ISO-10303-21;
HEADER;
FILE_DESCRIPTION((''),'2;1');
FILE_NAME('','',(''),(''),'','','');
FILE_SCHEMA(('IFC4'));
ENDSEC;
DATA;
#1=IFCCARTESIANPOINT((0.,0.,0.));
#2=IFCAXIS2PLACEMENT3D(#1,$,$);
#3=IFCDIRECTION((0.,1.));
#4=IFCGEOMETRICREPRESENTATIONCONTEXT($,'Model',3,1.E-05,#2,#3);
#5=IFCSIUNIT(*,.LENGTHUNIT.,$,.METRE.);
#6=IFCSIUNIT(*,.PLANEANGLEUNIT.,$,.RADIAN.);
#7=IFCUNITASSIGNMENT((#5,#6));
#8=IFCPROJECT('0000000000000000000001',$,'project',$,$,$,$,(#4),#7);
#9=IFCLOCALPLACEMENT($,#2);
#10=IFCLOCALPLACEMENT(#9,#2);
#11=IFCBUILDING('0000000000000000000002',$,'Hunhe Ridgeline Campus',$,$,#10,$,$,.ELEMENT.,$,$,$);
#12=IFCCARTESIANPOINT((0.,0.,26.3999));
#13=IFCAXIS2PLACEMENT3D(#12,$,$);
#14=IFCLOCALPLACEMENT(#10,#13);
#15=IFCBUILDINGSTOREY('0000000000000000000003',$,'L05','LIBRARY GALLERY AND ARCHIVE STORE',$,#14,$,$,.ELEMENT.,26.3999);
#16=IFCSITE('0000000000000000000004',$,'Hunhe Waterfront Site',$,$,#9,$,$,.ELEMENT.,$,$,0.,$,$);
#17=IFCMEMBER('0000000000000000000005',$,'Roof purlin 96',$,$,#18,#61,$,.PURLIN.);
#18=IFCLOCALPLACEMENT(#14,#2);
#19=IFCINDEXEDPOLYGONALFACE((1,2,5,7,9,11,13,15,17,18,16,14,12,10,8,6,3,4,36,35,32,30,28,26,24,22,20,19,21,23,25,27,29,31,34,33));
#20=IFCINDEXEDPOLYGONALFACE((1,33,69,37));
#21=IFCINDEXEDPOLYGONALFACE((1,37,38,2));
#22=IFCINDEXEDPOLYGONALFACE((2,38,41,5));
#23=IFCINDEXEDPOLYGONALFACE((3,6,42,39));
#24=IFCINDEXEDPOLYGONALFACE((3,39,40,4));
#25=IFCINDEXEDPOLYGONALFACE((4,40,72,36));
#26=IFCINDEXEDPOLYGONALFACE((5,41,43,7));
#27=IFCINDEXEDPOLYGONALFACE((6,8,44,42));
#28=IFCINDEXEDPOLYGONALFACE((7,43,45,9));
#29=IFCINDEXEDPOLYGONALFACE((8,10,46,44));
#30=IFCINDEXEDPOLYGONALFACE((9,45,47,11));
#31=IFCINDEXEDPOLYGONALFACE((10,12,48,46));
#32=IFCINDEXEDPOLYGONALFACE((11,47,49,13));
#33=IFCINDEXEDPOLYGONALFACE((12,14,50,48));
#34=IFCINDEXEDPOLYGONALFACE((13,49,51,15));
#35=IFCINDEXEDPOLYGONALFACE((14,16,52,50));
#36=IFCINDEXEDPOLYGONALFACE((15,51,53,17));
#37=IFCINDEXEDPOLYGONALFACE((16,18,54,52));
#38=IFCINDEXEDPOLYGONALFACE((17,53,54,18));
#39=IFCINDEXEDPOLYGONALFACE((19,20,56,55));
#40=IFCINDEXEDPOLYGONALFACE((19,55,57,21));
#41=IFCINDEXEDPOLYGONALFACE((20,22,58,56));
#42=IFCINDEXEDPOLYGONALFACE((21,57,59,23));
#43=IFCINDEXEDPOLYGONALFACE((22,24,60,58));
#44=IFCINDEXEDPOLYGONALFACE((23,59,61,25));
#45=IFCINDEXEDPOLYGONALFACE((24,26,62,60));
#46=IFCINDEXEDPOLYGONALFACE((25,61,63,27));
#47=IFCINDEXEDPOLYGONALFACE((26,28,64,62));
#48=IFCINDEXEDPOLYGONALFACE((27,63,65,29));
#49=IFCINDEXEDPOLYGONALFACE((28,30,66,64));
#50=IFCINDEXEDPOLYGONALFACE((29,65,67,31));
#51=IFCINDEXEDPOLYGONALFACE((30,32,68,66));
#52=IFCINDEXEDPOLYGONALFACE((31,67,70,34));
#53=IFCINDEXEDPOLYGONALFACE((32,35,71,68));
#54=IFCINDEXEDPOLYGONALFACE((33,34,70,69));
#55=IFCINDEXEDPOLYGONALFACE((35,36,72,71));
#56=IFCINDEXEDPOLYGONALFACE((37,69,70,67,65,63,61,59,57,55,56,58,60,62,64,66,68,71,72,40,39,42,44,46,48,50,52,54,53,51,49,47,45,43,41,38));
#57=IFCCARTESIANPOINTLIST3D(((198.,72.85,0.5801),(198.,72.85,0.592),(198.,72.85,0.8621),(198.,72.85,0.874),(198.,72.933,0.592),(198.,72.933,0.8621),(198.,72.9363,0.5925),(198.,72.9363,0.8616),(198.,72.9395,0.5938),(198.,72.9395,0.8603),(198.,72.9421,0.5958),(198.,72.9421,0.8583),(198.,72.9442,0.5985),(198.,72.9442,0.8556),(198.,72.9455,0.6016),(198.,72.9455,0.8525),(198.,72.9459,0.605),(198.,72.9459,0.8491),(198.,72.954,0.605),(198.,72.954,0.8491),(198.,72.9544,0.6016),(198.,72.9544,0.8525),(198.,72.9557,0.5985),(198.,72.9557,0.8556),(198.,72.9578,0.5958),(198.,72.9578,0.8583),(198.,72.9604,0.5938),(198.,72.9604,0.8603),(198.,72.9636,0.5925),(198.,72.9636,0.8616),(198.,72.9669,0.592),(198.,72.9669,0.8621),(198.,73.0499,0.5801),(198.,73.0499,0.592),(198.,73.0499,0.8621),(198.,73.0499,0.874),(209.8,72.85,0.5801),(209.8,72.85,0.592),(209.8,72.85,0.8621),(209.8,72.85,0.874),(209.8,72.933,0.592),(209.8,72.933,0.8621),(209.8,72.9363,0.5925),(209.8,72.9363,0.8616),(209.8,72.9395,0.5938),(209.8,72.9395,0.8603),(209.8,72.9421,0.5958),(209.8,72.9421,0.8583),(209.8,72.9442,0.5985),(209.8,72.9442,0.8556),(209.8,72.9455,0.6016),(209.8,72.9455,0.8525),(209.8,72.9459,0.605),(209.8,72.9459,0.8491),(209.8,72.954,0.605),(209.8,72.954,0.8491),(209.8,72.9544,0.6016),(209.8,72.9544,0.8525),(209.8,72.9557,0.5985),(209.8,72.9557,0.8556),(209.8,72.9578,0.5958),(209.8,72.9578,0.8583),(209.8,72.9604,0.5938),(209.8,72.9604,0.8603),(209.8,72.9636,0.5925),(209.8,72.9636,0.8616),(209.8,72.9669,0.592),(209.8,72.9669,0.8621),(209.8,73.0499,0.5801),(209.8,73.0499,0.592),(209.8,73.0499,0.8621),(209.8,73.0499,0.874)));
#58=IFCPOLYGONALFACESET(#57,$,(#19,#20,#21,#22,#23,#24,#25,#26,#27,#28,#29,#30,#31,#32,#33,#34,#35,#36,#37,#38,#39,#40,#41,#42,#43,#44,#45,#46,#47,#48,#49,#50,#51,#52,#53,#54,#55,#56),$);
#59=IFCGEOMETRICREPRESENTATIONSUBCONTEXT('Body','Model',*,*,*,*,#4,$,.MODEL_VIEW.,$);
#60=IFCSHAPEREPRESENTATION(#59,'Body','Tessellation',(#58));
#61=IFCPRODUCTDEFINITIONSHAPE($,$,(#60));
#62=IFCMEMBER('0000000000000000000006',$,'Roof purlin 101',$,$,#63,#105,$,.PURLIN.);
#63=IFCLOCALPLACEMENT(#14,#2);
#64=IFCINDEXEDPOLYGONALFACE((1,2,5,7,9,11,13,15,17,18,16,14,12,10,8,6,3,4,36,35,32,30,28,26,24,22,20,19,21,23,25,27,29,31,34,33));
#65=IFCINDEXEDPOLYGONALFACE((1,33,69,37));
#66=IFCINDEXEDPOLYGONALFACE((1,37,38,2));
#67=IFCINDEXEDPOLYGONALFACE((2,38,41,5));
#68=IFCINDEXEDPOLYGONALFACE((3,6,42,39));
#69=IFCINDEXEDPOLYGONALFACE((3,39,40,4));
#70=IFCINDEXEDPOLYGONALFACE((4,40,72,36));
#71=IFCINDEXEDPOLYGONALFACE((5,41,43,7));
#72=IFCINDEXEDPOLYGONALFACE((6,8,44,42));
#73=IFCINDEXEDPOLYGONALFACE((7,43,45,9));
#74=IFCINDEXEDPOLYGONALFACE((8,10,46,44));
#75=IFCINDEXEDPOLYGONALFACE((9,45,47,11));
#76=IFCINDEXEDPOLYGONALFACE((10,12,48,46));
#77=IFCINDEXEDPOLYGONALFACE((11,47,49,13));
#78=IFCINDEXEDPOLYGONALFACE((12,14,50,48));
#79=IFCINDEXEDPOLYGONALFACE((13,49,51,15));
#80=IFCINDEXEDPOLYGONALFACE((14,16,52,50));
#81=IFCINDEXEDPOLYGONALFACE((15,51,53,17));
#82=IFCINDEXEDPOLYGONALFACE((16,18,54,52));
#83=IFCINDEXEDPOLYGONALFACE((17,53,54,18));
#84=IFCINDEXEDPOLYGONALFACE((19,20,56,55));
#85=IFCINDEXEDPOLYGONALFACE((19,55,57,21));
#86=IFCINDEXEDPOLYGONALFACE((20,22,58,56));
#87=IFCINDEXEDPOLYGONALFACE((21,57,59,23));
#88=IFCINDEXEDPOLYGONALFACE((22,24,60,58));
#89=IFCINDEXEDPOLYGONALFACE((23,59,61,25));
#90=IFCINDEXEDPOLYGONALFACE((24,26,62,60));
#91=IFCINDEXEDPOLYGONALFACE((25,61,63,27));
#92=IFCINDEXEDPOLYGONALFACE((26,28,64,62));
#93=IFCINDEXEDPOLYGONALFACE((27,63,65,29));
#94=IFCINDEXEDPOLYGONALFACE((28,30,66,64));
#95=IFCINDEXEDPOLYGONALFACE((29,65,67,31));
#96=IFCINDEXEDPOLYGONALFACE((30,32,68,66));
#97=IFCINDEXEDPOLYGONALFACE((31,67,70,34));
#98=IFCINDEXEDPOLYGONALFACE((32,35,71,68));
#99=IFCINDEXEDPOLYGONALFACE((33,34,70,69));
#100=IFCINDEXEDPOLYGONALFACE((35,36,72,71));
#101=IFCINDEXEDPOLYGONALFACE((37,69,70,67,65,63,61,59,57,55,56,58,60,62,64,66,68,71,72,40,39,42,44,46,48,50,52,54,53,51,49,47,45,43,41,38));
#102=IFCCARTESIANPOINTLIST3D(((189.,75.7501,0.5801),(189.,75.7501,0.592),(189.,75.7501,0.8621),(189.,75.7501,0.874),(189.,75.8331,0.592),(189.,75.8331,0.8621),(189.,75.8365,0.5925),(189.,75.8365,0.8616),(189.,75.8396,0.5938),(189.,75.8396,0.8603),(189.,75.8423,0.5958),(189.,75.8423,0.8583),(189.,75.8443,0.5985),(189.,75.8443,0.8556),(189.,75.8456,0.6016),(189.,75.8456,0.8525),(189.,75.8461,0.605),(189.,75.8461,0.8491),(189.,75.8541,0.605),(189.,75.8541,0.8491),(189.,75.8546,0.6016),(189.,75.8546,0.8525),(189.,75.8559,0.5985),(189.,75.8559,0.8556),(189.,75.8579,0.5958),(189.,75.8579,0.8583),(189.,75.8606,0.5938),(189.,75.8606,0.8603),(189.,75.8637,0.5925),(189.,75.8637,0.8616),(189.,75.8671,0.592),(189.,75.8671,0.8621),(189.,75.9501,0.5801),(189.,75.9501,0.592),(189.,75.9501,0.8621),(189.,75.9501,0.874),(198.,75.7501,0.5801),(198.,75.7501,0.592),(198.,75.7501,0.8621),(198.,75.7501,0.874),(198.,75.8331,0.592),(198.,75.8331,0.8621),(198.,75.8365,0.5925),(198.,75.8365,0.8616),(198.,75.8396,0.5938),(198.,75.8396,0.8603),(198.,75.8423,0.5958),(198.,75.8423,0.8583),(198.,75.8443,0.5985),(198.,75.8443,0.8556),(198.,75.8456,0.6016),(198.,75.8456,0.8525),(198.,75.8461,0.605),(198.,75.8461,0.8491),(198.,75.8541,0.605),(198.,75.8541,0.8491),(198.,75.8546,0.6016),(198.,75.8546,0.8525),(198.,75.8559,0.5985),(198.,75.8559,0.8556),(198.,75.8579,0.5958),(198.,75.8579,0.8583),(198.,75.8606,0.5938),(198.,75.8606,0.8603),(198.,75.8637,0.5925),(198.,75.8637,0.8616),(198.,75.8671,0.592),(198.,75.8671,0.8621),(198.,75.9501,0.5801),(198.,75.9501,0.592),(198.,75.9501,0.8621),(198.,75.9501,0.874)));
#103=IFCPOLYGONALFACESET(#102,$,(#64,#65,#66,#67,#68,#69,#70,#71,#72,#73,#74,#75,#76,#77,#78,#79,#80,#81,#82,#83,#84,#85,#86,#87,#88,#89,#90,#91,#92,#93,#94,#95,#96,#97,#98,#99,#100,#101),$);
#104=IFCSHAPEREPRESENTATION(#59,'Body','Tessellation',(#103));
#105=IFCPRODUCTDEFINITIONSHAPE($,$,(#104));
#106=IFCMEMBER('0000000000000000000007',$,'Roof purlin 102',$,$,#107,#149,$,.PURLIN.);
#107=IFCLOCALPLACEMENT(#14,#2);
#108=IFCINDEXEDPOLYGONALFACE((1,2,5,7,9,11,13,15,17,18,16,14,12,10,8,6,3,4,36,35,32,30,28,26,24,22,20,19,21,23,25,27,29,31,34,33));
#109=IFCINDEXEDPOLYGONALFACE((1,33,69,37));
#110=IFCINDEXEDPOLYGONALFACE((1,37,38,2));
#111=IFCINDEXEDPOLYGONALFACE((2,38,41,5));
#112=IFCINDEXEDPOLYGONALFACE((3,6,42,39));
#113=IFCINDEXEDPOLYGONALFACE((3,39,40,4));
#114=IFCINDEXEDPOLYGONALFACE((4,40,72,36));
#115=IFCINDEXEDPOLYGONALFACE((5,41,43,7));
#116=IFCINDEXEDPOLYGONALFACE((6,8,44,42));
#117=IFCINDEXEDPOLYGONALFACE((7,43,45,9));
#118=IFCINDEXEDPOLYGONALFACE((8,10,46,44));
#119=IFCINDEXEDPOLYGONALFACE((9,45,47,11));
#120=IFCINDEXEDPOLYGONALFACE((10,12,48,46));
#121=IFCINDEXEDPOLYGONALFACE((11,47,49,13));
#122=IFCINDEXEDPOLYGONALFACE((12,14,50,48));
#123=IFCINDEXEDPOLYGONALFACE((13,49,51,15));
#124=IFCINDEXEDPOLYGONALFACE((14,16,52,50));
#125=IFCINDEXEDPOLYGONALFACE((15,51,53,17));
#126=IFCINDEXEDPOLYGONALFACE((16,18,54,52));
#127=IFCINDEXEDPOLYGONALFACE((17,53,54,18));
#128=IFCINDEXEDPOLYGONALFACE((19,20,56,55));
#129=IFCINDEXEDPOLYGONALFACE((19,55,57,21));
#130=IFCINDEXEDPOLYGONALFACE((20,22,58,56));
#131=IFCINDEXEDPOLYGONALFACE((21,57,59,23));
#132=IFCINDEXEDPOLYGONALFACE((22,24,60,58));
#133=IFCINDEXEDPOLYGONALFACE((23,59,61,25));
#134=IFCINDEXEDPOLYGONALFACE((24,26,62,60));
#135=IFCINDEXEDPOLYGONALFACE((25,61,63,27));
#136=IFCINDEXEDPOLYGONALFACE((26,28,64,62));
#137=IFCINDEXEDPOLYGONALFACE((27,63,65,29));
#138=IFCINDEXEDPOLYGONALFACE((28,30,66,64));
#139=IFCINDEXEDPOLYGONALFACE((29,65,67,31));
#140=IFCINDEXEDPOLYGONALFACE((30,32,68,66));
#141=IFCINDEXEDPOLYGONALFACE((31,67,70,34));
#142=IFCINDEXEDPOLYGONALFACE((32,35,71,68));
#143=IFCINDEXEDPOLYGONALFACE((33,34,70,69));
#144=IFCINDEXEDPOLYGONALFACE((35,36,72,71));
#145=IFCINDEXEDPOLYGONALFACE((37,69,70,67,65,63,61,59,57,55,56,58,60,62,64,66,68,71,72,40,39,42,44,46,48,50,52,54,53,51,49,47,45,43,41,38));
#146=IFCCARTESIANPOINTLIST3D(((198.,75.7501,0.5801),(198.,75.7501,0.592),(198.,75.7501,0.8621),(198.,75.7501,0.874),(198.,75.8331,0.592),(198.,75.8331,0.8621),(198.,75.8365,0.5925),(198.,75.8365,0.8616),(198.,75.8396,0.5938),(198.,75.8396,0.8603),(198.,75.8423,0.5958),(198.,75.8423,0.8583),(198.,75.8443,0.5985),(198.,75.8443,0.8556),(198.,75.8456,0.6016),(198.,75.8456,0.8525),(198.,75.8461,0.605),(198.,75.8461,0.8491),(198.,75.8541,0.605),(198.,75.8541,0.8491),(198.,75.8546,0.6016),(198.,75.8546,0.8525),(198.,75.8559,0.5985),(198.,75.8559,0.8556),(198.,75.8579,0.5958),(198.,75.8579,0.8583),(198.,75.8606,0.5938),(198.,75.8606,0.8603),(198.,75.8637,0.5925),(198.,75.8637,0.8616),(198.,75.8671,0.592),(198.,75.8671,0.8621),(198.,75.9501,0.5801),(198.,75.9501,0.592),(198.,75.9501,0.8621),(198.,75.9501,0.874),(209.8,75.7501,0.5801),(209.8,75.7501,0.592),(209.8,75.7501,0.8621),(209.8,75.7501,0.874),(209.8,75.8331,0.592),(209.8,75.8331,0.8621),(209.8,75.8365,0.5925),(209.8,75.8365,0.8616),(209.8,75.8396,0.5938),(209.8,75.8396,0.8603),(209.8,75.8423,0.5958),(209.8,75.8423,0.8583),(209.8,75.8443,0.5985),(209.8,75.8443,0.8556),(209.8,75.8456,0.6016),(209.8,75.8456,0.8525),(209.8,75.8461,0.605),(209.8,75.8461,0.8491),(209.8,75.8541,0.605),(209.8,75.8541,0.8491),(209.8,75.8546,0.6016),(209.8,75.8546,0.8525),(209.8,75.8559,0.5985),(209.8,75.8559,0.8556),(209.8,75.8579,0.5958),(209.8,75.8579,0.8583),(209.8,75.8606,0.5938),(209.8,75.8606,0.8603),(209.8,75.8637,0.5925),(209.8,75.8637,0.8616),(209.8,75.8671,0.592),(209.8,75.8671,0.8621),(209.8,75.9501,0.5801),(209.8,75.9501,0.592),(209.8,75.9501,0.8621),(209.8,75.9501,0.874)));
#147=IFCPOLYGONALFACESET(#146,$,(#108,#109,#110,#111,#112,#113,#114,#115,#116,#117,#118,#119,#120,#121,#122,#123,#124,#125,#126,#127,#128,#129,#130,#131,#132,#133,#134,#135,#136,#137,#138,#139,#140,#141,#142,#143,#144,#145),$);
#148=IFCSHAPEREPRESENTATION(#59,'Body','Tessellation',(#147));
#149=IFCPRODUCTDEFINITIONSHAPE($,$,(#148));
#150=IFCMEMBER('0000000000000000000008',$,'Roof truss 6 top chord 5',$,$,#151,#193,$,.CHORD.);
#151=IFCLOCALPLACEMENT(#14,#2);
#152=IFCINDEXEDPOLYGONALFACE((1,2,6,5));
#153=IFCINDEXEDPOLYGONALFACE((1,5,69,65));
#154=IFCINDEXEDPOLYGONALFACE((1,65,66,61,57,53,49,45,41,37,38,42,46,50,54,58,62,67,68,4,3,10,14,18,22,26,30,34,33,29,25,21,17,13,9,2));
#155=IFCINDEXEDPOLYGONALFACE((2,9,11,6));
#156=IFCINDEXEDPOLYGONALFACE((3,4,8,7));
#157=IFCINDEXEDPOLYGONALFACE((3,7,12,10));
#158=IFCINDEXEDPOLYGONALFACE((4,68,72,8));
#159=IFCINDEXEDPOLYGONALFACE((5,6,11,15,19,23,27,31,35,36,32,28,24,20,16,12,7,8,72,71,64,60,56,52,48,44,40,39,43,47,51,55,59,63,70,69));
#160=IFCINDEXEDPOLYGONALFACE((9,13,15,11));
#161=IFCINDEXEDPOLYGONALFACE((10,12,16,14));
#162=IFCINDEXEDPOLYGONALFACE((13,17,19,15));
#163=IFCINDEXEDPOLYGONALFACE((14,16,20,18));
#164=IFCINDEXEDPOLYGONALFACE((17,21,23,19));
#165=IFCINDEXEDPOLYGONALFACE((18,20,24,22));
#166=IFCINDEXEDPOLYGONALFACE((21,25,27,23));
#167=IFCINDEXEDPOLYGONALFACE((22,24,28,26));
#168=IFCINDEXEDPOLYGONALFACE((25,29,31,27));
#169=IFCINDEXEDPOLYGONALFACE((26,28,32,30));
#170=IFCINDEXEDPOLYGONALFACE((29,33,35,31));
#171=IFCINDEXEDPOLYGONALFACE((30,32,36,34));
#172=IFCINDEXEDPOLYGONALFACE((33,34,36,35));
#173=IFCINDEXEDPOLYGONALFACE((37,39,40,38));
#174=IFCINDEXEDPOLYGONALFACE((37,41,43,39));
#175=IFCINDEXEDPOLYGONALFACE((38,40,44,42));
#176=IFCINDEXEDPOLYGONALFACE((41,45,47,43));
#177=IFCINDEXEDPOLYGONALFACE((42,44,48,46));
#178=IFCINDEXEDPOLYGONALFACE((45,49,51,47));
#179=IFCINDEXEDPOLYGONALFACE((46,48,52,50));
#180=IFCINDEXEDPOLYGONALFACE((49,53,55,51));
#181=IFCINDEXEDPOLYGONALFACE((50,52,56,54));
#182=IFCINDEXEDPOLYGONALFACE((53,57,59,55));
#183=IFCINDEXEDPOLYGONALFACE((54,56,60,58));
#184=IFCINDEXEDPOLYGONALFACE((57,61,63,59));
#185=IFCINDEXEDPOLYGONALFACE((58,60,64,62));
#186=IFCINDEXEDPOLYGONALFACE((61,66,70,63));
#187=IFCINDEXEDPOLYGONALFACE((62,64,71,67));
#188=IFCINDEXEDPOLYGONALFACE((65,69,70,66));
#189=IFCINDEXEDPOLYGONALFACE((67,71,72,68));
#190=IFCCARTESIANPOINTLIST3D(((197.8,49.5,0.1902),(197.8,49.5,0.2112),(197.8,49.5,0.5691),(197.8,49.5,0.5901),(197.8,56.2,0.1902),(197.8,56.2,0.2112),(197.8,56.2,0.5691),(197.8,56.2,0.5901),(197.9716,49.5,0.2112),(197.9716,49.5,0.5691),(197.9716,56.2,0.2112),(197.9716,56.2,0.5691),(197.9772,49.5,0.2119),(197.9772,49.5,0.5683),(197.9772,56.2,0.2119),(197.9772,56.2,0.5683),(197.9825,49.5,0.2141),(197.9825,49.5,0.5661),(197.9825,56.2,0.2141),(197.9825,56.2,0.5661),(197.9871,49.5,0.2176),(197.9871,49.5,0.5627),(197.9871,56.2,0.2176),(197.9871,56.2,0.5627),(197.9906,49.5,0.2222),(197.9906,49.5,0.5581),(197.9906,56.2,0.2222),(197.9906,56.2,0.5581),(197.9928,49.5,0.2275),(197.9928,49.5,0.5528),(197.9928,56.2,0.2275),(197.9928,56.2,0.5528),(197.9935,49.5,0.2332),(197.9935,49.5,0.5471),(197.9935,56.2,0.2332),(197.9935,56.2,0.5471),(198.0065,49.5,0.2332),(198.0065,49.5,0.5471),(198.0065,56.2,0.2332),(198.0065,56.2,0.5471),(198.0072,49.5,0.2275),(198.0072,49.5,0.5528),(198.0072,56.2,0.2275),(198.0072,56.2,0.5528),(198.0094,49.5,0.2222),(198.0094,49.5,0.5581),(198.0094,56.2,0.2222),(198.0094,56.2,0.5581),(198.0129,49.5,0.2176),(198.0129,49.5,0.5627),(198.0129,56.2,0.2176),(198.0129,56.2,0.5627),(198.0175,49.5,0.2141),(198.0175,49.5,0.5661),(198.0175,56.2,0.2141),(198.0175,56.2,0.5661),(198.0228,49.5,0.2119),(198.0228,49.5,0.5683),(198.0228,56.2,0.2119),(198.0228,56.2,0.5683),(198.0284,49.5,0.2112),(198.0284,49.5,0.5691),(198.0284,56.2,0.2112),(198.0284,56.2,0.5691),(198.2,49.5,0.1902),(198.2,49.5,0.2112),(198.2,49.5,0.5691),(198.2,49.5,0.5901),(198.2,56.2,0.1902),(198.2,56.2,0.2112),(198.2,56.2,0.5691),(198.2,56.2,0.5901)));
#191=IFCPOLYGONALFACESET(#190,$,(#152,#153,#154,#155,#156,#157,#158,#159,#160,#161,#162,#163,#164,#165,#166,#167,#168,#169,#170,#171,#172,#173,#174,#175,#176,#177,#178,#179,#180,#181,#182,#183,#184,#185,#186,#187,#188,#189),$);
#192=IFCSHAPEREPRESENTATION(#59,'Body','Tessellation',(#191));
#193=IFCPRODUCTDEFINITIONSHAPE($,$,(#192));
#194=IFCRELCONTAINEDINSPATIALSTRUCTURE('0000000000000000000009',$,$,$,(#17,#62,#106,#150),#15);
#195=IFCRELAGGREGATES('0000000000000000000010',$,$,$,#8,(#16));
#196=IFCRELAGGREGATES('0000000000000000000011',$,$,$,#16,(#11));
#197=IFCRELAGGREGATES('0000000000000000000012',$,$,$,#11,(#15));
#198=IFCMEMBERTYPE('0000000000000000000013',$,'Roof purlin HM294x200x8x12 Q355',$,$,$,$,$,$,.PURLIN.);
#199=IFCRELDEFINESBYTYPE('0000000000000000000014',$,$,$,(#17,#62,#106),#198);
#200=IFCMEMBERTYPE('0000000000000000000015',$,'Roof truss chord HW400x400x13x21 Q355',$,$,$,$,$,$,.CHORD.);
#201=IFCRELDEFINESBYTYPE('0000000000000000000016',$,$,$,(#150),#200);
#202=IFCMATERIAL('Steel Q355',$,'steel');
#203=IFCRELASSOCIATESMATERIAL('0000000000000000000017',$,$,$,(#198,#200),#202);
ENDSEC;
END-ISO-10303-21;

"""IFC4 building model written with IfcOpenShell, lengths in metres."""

from ifc_helpers import new_model, si_unit, direction, frame, origin, origin_2d, place, context, subcontext, project, spatial, i_section, extrude, material, material_profile, profile_set, type_object, element, save


model = new_model("IFC4")

# Units and contexts
model_context = context("Model", 3, precision=1e-05, world=origin(), true_north=direction((0.0, 1.0)))
body_context = subcontext(model_context, "Body", "Model", "MODEL_VIEW")
ifc_project = project(units=[si_unit("LENGTHUNIT", "METRE"), si_unit("PLANEANGLEUNIT", "RADIAN")], contexts=[model_context])

# Site, building, storey
site_placement = place(None, origin())
site = spatial("IfcSite", under=ifc_project, at=site_placement, Name="Hunhe Waterfront Site", CompositionType="ELEMENT", RefElevation=0.0)
building_placement = place(site_placement, origin())
building = spatial("IfcBuilding", under=site, at=building_placement, Name="Hunhe Ridgeline Campus", CompositionType="ELEMENT")
storey_placement = place(building_placement, frame((0.0, 0.0, 26.3999)))
storey = spatial("IfcBuildingStorey", under=building, at=storey_placement, Name="L05", Description="LIBRARY GALLERY AND ARCHIVE STORE", CompositionType="ELEMENT", Elevation=26.3999)

# Members
ifc_material = material(Name="Steel Q355", Category="steel")
ifc_material_profile_1 = material_profile(ifc_material, i_section(OverallWidth=0.2, OverallDepth=0.2939, WebThickness=0.0081, FlangeThickness=0.012, FilletRadius=0.0129, at=origin_2d()))
ifc_profile_set_1 = profile_set([ifc_material_profile_1], Name="Steel Q355")
member_type_1 = type_object("IfcMemberType", Name="Roof purlin HM294x200x8x12 Q355", PredefinedType="PURLIN", material=ifc_profile_set_1)
member_1_placement = place(storey_placement, frame((198.0, 72.95, 0.7271), z_axis=(1.0, 0.0, 0.0), x_axis=(0.0, 1.0, 0.0)))
element("IfcMember", 1, at=member_1_placement, inside=storey, type_object=member_type_1, Name="Roof purlin 96", PredefinedType="PURLIN", context=body_context, shape_type="SweptSolid", body=[
    extrude(i_section(OverallWidth=0.2, OverallDepth=0.2939, WebThickness=0.0081, FlangeThickness=0.012, FilletRadius=0.0129, at=origin_2d()), origin(), (0.0, 0.0, 1.0), 11.8),
])
member_2_placement = place(storey_placement, frame((189.0, 75.8501, 0.7271), z_axis=(1.0, 0.0, 0.0), x_axis=(0.0, 1.0, 0.0)))
element("IfcMember", 2, at=member_2_placement, inside=storey, type_object=member_type_1, Name="Roof purlin 101", PredefinedType="PURLIN", context=body_context, shape_type="SweptSolid", body=[
    extrude(i_section(OverallWidth=0.2, OverallDepth=0.2939, WebThickness=0.0081, FlangeThickness=0.012, FilletRadius=0.0129, at=origin_2d()), origin(), (0.0, 0.0, 1.0), 9.0),
])
member_3_placement = place(storey_placement, frame((198.0, 75.8501, 0.7271), z_axis=(1.0, 0.0, 0.0), x_axis=(0.0, 1.0, 0.0)))
element("IfcMember", 3, at=member_3_placement, inside=storey, type_object=member_type_1, Name="Roof purlin 102", PredefinedType="PURLIN", context=body_context, shape_type="SweptSolid", body=[
    extrude(i_section(OverallWidth=0.2, OverallDepth=0.2939, WebThickness=0.0081, FlangeThickness=0.012, FilletRadius=0.0129, at=origin_2d()), origin(), (0.0, 0.0, 1.0), 11.8),
])
ifc_material_profile_2 = material_profile(ifc_material, i_section(OverallWidth=0.3999, OverallDepth=0.3999, WebThickness=0.0129, FlangeThickness=0.021, FilletRadius=0.022, at=origin_2d()))
ifc_profile_set_2 = profile_set([ifc_material_profile_2], Name="Steel Q355")
member_type_2 = type_object("IfcMemberType", Name="Roof truss chord HW400x400x13x21 Q355", PredefinedType="CHORD", material=ifc_profile_set_2)
for number, where, z_axis, x_axis, name in (
    (4, (198.0, 49.5, 0.3901), (0.0, 1.0, 0.0), (-1.0, 0.0, 0.0), "Roof truss 6 top chord 5"),
):
    element("IfcMember", number, at=place(storey_placement, frame(where, z_axis=z_axis, x_axis=x_axis)), inside=storey, type_object=member_type_2, Name=name, PredefinedType="CHORD", context=body_context, shape_type="SweptSolid", body=[
        extrude(i_section(OverallWidth=0.3999, OverallDepth=0.3999, WebThickness=0.0129, FlangeThickness=0.021, FilletRadius=0.022, at=origin_2d()), origin(), (0.0, 0.0, 1.0), 6.7),
    ])

save(model, "model.ifc")
